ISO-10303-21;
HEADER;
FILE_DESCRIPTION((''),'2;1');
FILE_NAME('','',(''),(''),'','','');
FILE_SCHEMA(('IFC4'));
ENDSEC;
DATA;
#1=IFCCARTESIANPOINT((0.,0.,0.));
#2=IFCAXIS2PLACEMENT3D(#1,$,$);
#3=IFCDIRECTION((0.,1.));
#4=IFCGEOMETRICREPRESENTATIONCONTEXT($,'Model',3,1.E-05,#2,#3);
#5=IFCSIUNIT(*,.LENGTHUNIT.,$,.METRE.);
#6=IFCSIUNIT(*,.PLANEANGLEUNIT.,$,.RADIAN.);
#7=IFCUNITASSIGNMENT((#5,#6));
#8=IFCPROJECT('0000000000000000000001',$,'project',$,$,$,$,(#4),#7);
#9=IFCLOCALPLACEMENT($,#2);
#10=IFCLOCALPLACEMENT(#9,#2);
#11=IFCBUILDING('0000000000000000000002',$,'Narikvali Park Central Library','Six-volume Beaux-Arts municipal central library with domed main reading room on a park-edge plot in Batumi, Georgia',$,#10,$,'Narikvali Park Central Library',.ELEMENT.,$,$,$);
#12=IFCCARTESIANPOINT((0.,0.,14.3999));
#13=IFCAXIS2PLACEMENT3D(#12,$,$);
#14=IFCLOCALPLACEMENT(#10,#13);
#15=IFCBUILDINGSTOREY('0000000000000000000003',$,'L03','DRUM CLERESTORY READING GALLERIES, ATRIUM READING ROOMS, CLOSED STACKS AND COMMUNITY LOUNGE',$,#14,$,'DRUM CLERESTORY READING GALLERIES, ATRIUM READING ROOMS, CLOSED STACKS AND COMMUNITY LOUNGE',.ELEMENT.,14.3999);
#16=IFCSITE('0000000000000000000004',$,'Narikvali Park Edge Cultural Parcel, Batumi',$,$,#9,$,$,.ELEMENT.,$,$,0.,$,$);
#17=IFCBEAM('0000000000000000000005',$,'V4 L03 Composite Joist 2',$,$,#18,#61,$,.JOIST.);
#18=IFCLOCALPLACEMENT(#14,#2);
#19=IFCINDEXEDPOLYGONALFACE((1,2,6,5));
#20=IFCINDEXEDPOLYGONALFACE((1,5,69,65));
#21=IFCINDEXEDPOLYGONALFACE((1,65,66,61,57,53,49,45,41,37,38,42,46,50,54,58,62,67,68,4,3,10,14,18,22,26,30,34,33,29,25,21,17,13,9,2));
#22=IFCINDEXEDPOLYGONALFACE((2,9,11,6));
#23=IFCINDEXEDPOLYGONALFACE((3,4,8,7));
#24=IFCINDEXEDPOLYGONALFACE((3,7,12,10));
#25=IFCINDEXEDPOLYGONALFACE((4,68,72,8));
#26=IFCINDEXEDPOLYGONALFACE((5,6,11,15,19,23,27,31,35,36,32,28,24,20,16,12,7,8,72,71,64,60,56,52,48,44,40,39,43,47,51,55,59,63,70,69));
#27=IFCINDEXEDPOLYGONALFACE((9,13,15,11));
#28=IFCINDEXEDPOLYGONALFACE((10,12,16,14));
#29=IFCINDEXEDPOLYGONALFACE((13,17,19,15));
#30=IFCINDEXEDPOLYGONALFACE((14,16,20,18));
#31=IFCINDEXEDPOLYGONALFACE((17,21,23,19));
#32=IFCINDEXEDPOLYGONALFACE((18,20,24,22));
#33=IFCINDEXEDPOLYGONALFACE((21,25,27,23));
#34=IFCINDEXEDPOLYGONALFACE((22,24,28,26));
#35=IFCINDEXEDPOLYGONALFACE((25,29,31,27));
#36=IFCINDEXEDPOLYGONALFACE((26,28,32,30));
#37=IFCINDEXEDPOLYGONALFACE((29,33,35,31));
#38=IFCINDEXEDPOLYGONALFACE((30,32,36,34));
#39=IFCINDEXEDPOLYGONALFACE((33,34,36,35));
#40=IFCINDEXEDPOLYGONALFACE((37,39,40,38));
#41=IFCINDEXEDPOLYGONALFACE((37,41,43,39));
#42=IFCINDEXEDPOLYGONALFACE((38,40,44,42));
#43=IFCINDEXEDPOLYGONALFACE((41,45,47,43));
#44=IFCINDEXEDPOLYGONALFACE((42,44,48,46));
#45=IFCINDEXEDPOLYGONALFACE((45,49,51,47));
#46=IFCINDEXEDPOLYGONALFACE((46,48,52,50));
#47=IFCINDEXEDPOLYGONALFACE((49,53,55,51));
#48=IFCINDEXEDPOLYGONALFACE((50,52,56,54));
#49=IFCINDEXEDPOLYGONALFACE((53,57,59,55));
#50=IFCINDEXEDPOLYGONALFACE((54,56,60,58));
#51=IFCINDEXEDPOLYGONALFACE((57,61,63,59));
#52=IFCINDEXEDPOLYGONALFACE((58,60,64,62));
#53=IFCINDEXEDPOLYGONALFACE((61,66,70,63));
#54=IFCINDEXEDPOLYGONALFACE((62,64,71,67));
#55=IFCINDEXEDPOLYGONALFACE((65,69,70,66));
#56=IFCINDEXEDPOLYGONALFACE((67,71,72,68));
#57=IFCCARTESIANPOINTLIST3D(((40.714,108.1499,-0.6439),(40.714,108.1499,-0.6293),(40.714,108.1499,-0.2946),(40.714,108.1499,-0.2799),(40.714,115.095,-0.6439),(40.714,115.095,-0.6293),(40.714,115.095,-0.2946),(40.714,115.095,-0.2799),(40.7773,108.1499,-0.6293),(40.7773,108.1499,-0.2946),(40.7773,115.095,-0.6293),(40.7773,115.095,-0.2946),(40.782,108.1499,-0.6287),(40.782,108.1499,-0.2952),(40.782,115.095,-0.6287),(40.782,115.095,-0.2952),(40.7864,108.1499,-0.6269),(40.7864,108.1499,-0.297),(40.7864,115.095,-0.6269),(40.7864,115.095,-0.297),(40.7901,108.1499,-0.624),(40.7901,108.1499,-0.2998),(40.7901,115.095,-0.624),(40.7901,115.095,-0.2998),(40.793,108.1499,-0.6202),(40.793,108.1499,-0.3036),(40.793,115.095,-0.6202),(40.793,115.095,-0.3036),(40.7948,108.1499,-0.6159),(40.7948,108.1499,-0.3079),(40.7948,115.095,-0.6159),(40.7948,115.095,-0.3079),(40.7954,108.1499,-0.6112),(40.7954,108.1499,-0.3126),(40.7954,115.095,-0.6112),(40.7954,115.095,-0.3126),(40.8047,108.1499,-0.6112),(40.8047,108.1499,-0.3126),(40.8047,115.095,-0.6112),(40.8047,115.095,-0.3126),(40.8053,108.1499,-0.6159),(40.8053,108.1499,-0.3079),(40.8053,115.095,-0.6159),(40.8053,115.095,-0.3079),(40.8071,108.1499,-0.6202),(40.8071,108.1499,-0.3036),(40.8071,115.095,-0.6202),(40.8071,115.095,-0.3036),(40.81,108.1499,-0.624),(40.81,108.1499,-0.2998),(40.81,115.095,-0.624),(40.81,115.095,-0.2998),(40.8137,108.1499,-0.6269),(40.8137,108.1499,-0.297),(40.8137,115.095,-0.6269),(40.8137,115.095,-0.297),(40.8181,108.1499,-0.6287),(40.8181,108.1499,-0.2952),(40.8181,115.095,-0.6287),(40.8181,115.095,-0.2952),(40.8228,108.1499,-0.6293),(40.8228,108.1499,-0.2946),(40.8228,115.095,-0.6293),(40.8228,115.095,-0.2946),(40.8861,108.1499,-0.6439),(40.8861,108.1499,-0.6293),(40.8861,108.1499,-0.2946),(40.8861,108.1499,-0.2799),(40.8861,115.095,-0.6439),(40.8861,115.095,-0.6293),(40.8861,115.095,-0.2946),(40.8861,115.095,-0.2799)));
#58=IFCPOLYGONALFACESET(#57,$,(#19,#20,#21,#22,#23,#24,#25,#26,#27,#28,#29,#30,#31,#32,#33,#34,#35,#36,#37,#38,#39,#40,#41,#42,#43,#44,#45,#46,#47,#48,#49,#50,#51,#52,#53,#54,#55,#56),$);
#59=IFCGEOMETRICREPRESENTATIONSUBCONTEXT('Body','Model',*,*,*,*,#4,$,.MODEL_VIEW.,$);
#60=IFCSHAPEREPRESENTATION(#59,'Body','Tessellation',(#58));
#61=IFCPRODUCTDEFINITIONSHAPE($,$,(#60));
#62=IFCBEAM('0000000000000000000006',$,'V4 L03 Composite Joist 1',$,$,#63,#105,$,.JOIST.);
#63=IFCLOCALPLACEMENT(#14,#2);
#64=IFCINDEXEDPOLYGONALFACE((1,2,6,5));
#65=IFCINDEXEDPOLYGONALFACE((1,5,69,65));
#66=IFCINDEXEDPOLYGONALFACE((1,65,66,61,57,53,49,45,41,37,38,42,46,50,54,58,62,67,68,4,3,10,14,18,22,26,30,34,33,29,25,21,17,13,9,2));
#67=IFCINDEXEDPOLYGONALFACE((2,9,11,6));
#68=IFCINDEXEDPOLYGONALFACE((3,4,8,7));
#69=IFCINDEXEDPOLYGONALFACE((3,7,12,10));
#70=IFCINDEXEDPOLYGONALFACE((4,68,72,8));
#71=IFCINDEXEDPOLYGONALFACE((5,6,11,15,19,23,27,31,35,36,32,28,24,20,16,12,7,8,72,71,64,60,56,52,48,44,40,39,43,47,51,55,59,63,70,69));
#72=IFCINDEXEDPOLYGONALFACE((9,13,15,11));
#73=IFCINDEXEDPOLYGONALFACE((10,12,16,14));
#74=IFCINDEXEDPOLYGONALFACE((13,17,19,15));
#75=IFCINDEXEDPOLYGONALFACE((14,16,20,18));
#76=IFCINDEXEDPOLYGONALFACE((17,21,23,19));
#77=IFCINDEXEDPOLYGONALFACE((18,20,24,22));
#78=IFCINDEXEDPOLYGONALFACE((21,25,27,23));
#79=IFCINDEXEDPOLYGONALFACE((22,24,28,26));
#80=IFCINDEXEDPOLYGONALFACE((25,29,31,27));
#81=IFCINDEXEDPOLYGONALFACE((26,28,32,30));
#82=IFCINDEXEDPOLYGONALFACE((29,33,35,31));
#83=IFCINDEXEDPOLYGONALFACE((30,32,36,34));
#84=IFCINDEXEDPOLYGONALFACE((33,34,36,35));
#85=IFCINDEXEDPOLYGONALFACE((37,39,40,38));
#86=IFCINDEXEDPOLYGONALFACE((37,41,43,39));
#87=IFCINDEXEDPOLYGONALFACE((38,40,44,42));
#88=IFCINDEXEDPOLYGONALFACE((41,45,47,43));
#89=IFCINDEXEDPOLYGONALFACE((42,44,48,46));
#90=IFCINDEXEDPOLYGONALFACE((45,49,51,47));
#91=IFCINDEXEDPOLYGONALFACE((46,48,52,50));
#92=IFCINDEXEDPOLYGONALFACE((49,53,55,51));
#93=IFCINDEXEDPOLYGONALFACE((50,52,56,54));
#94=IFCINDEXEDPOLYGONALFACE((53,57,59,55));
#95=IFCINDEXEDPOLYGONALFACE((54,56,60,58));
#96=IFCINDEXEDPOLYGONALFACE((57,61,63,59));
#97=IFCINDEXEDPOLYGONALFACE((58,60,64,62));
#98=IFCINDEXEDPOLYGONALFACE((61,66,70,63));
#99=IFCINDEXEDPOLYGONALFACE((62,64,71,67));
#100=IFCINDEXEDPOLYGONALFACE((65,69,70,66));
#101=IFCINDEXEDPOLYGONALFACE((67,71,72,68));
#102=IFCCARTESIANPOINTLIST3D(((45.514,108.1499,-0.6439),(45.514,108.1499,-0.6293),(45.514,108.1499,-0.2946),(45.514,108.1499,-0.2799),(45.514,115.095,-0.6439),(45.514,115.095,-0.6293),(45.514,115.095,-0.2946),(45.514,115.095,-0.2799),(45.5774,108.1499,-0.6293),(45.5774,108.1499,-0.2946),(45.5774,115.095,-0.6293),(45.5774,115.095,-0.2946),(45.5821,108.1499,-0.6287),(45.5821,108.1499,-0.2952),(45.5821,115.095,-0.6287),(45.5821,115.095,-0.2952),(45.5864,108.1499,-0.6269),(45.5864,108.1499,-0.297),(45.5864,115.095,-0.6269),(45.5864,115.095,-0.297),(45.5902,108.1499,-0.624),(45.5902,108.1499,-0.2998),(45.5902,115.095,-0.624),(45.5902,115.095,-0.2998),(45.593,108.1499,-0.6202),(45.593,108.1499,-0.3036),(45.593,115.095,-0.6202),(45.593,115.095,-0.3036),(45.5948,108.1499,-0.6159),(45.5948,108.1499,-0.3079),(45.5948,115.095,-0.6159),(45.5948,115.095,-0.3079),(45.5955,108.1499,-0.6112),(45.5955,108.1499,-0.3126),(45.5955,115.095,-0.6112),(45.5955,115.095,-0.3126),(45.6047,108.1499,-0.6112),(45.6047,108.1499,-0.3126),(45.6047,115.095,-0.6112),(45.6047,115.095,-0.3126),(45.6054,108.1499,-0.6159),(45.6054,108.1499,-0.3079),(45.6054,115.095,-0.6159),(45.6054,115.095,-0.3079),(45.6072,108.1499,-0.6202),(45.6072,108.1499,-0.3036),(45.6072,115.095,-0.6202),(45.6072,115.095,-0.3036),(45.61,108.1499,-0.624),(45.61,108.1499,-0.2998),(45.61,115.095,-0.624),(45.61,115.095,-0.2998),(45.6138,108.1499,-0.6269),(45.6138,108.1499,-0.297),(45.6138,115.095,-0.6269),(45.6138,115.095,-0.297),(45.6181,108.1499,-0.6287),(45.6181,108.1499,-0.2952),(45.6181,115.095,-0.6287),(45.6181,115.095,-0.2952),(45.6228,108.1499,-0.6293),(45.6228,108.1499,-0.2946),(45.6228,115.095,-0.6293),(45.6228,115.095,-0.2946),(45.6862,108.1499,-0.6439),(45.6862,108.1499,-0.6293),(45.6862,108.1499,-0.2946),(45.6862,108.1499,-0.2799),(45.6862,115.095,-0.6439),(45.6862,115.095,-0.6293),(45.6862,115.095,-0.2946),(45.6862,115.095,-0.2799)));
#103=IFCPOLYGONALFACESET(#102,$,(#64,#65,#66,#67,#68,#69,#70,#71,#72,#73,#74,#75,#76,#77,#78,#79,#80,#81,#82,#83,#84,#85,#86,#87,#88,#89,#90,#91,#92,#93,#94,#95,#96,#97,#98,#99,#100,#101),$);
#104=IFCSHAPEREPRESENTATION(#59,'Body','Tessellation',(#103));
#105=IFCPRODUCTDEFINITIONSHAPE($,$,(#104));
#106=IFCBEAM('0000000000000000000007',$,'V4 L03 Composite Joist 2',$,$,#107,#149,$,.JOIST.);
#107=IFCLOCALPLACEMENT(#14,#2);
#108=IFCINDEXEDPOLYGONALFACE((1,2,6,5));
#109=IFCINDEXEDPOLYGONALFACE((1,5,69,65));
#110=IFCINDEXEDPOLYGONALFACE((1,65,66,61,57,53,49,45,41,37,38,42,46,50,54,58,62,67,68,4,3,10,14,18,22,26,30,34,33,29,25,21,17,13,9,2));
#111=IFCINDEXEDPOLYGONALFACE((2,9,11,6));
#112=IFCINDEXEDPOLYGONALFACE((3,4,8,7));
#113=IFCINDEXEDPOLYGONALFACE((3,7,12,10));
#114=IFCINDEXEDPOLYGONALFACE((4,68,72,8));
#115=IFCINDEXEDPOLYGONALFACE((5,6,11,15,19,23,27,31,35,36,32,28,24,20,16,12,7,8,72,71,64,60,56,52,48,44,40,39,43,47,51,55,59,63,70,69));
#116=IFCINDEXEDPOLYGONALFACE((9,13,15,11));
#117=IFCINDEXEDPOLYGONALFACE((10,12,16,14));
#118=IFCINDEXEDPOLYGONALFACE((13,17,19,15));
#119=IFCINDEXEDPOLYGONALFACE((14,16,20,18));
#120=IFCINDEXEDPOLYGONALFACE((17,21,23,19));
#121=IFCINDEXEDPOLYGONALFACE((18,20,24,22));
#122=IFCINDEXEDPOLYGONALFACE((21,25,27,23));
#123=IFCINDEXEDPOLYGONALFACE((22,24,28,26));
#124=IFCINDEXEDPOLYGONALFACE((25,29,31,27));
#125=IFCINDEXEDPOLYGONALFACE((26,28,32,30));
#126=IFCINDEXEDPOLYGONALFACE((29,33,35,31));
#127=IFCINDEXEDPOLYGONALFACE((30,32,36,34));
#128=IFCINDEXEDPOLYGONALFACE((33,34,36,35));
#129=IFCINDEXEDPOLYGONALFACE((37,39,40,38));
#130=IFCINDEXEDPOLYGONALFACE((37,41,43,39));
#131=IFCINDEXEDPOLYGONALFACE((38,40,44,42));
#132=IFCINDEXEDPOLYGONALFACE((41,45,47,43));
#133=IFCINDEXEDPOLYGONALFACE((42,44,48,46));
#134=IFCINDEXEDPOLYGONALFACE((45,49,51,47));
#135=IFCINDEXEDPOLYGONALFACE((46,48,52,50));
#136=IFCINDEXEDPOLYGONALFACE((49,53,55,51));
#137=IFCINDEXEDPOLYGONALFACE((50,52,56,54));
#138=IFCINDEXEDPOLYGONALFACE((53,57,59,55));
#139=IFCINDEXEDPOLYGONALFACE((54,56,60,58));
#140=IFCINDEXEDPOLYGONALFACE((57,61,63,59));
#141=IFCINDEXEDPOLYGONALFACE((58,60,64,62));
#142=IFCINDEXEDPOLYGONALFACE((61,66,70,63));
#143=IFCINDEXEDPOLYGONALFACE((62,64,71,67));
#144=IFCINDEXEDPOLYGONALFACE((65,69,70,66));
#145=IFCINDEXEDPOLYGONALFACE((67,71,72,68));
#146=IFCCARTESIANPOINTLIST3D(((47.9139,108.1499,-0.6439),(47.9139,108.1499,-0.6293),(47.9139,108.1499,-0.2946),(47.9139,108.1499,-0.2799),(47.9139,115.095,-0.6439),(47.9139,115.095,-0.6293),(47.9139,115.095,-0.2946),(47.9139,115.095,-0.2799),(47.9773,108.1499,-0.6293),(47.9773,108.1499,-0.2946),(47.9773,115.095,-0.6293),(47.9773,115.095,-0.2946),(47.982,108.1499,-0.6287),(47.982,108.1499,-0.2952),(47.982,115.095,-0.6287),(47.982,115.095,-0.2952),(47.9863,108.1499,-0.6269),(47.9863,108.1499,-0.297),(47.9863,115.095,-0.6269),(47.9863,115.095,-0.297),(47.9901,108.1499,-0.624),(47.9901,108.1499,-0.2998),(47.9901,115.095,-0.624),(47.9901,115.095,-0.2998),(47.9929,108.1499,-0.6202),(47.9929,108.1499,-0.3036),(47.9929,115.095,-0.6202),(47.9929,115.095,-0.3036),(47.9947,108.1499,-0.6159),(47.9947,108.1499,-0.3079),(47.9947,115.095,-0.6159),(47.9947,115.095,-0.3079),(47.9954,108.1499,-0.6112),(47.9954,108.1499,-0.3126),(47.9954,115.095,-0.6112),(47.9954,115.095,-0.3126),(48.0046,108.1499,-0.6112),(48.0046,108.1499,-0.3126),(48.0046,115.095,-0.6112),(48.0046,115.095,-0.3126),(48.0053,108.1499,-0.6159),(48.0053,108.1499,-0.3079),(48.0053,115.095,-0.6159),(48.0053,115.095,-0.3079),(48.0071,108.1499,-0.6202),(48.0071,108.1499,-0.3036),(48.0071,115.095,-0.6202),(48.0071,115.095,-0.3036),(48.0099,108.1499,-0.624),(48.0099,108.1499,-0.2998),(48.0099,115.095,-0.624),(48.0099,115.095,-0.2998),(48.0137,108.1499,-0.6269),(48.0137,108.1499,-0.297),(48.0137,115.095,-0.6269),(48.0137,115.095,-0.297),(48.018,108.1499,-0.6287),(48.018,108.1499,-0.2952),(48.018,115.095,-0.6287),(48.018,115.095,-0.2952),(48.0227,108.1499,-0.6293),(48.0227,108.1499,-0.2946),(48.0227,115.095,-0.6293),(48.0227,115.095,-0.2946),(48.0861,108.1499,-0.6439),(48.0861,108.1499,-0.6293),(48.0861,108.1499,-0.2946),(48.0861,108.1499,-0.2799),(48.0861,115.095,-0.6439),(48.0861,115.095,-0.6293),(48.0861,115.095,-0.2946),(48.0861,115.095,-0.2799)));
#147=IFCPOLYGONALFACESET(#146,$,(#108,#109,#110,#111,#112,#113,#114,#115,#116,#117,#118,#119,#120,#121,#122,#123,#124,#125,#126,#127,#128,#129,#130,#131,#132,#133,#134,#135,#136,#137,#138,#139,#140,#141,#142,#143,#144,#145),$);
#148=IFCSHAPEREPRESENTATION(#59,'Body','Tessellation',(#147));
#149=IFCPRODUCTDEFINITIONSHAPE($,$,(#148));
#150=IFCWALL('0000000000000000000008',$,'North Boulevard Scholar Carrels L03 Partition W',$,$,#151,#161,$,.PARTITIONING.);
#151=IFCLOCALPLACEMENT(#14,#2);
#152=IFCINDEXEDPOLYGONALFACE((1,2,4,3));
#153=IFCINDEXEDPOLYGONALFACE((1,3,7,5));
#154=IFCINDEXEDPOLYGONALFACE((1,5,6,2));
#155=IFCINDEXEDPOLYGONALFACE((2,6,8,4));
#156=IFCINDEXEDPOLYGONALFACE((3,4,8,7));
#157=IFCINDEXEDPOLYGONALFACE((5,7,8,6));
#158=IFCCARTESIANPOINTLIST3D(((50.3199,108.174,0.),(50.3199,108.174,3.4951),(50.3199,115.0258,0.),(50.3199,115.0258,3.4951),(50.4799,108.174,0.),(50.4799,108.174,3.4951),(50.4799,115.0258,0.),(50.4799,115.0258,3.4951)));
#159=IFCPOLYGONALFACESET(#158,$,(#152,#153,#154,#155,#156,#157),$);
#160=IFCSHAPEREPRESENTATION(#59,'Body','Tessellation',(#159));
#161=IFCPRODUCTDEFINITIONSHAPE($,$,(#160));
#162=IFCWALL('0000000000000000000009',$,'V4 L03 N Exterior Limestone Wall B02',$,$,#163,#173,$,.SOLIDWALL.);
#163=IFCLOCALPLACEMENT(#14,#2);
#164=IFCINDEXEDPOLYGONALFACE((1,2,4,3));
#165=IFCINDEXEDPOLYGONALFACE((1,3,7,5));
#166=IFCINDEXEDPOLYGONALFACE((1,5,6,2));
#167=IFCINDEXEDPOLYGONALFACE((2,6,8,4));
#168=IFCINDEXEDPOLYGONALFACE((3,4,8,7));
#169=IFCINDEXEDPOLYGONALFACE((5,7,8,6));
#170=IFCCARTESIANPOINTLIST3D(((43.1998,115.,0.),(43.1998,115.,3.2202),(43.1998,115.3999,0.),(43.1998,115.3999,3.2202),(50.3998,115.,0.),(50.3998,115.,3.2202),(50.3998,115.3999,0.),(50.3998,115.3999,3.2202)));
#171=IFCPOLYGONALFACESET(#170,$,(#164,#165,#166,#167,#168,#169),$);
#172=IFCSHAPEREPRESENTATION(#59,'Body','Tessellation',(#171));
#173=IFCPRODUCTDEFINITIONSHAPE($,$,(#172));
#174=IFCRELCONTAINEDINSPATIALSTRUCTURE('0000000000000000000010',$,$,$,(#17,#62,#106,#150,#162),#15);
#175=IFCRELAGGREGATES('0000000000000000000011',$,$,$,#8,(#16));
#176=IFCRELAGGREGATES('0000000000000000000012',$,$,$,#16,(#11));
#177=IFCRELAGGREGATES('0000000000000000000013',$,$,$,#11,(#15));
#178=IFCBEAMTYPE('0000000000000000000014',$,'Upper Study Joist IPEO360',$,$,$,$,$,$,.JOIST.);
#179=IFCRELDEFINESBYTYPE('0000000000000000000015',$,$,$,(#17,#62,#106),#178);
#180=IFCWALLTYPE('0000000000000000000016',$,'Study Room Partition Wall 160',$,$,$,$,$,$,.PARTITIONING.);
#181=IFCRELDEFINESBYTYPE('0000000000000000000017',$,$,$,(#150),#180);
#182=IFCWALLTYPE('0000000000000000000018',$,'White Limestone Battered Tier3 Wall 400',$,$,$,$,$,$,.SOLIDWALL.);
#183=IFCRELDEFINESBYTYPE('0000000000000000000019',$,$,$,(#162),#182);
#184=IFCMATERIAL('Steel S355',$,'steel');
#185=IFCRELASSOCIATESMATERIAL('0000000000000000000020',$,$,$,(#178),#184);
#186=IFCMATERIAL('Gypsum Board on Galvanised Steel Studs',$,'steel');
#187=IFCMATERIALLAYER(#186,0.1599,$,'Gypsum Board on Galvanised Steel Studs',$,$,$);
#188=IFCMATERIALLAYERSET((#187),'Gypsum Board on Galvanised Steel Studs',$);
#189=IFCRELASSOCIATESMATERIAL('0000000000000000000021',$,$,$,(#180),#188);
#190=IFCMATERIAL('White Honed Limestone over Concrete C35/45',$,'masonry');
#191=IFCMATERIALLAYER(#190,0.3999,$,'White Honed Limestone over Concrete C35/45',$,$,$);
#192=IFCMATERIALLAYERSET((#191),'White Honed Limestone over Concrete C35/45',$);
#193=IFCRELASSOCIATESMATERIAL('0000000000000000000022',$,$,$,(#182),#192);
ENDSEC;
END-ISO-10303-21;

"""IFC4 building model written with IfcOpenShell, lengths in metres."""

from ifc_helpers import new_model, si_unit, direction, frame, frame_2d, origin, origin_2d, place, context, subcontext, project, spatial, rectangle, i_section, extrude, material, layer, layer_set, material_profile, profile_set, type_object, element, save


model = new_model("IFC4")

# Units and contexts
model_context = context("Model", 3, precision=1e-05, world=origin(), true_north=direction((0.0, 1.0)))
body_context = subcontext(model_context, "Body", "Model", "MODEL_VIEW")
ifc_project = project(units=[si_unit("LENGTHUNIT", "METRE"), si_unit("PLANEANGLEUNIT", "RADIAN")], contexts=[model_context])

# Site, building, storey
site_placement = place(None, origin())
site = spatial("IfcSite", under=ifc_project, at=site_placement, Name="Narikvali Park Edge Cultural Parcel, Batumi", CompositionType="ELEMENT", RefElevation=0.0)
building_placement = place(site_placement, origin())
building = spatial("IfcBuilding", under=site, at=building_placement, Name="Narikvali Park Central Library", Description="Six-volume Beaux-Arts municipal central library with domed main reading room on a park-edge plot in Batumi, Georgia", LongName="Narikvali Park Central Library", CompositionType="ELEMENT")
storey_placement = place(building_placement, frame((0.0, 0.0, 14.3999)))
storey = spatial("IfcBuildingStorey", under=building, at=storey_placement, Name="L03", Description="DRUM CLERESTORY READING GALLERIES, ATRIUM READING ROOMS, CLOSED STACKS AND COMMUNITY LOUNGE", LongName="DRUM CLERESTORY READING GALLERIES, ATRIUM READING ROOMS, CLOSED STACKS AND COMMUNITY LOUNGE", CompositionType="ELEMENT", Elevation=14.3999)

# Shared definitions
ifc_material_1 = material(Name="Steel S355", Category="steel")

# Beams
ifc_material_profile_1 = material_profile(ifc_material_1, i_section(OverallWidth=0.1721, OverallDepth=0.364, WebThickness=0.0093, FlangeThickness=0.0146, FilletRadius=0.0181, at=origin_2d()), Name="IPEO 360")
ifc_profile_set_1 = profile_set([ifc_material_profile_1], Name="Steel S355")
beam_type_1 = type_object("IfcBeamType", Name="Upper Study Joist IPEO360", PredefinedType="JOIST", material=ifc_profile_set_1)
for number, where, z_axis, x_axis, name in (
    (1, (40.8, 108.1499, -0.4619), (0.0, 1.0, 0.0), (-1.0, 0.0, 0.0), "V4 L03 Composite Joist 2"),
    (2, (45.6001, 108.1499, -0.4619), (0.0, 1.0, 0.0), (-1.0, 0.0, 0.0), "V4 L03 Composite Joist 1"),
    (3, (48.0, 108.1499, -0.4619), (0.0, 1.0, 0.0), (-1.0, 0.0, 0.0), "V4 L03 Composite Joist 2"),
):
    element("IfcBeam", number, at=place(storey_placement, frame(where, z_axis=z_axis, x_axis=x_axis)), inside=storey, type_object=beam_type_1, Name=name, PredefinedType="JOIST", context=body_context, shape_type="SweptSolid", body=[
        extrude(i_section(OverallWidth=0.1721, OverallDepth=0.364, WebThickness=0.0093, FlangeThickness=0.0146, FilletRadius=0.0181, at=origin_2d()), origin(), (0.0, 0.0, 1.0), 6.9451),
    ])

# Walls
ifc_material_2 = material(Name="Gypsum Board on Galvanised Steel Studs", Category="steel")
ifc_layer_1 = layer(ifc_material_2, 0.1599, Name="Gypsum Board on Galvanised Steel Studs")
ifc_layer_set_1 = layer_set([ifc_layer_1], Name="Gypsum Board on Galvanised Steel Studs")
wall_type_1 = type_object("IfcWallType", Name="Study Room Partition Wall 160", PredefinedType="PARTITIONING", material=ifc_layer_set_1)
wall_1_placement = place(storey_placement, frame((50.3999, 108.1741, 0.0), z_axis=(0.0, 0.0, 1.0), x_axis=(0.0, 1.0, 0.0)))
element("IfcWall", 4, at=wall_1_placement, inside=storey, type_object=wall_type_1, Name="North Boulevard Scholar Carrels L03 Partition W", PredefinedType="PARTITIONING", context=body_context, shape_type="SweptSolid", body=[
    extrude(rectangle(XDim=6.8518, YDim=0.1599, at=frame_2d((3.4258, 0.0))), origin(), (0.0, 0.0, 1.0), 3.4951),
])
ifc_material_3 = material(Name="White Honed Limestone over Concrete C35/45", Category="masonry")
ifc_layer_2 = layer(ifc_material_3, 0.3999, Name="White Honed Limestone over Concrete C35/45")
ifc_layer_set_2 = layer_set([ifc_layer_2], Name="White Honed Limestone over Concrete C35/45")
wall_type_2 = type_object("IfcWallType", Name="White Limestone Battered Tier3 Wall 400", PredefinedType="SOLIDWALL", material=ifc_layer_set_2)
wall_2_placement = place(storey_placement, frame((50.3999, 115.2, 0.0), z_axis=(0.0, 0.0, 1.0), x_axis=(-1.0, 0.0, 0.0)))
element("IfcWall", 5, at=wall_2_placement, inside=storey, type_object=wall_type_2, Name="V4 L03 N Exterior Limestone Wall B02", PredefinedType="SOLIDWALL", context=body_context, shape_type="SweptSolid", body=[
    extrude(rectangle(XDim=7.2, YDim=0.3999, at=frame_2d((3.6001, 0.0))), origin(), (0.0, 0.0, 1.0), 3.2202),
])

save(model, "model.ifc")
